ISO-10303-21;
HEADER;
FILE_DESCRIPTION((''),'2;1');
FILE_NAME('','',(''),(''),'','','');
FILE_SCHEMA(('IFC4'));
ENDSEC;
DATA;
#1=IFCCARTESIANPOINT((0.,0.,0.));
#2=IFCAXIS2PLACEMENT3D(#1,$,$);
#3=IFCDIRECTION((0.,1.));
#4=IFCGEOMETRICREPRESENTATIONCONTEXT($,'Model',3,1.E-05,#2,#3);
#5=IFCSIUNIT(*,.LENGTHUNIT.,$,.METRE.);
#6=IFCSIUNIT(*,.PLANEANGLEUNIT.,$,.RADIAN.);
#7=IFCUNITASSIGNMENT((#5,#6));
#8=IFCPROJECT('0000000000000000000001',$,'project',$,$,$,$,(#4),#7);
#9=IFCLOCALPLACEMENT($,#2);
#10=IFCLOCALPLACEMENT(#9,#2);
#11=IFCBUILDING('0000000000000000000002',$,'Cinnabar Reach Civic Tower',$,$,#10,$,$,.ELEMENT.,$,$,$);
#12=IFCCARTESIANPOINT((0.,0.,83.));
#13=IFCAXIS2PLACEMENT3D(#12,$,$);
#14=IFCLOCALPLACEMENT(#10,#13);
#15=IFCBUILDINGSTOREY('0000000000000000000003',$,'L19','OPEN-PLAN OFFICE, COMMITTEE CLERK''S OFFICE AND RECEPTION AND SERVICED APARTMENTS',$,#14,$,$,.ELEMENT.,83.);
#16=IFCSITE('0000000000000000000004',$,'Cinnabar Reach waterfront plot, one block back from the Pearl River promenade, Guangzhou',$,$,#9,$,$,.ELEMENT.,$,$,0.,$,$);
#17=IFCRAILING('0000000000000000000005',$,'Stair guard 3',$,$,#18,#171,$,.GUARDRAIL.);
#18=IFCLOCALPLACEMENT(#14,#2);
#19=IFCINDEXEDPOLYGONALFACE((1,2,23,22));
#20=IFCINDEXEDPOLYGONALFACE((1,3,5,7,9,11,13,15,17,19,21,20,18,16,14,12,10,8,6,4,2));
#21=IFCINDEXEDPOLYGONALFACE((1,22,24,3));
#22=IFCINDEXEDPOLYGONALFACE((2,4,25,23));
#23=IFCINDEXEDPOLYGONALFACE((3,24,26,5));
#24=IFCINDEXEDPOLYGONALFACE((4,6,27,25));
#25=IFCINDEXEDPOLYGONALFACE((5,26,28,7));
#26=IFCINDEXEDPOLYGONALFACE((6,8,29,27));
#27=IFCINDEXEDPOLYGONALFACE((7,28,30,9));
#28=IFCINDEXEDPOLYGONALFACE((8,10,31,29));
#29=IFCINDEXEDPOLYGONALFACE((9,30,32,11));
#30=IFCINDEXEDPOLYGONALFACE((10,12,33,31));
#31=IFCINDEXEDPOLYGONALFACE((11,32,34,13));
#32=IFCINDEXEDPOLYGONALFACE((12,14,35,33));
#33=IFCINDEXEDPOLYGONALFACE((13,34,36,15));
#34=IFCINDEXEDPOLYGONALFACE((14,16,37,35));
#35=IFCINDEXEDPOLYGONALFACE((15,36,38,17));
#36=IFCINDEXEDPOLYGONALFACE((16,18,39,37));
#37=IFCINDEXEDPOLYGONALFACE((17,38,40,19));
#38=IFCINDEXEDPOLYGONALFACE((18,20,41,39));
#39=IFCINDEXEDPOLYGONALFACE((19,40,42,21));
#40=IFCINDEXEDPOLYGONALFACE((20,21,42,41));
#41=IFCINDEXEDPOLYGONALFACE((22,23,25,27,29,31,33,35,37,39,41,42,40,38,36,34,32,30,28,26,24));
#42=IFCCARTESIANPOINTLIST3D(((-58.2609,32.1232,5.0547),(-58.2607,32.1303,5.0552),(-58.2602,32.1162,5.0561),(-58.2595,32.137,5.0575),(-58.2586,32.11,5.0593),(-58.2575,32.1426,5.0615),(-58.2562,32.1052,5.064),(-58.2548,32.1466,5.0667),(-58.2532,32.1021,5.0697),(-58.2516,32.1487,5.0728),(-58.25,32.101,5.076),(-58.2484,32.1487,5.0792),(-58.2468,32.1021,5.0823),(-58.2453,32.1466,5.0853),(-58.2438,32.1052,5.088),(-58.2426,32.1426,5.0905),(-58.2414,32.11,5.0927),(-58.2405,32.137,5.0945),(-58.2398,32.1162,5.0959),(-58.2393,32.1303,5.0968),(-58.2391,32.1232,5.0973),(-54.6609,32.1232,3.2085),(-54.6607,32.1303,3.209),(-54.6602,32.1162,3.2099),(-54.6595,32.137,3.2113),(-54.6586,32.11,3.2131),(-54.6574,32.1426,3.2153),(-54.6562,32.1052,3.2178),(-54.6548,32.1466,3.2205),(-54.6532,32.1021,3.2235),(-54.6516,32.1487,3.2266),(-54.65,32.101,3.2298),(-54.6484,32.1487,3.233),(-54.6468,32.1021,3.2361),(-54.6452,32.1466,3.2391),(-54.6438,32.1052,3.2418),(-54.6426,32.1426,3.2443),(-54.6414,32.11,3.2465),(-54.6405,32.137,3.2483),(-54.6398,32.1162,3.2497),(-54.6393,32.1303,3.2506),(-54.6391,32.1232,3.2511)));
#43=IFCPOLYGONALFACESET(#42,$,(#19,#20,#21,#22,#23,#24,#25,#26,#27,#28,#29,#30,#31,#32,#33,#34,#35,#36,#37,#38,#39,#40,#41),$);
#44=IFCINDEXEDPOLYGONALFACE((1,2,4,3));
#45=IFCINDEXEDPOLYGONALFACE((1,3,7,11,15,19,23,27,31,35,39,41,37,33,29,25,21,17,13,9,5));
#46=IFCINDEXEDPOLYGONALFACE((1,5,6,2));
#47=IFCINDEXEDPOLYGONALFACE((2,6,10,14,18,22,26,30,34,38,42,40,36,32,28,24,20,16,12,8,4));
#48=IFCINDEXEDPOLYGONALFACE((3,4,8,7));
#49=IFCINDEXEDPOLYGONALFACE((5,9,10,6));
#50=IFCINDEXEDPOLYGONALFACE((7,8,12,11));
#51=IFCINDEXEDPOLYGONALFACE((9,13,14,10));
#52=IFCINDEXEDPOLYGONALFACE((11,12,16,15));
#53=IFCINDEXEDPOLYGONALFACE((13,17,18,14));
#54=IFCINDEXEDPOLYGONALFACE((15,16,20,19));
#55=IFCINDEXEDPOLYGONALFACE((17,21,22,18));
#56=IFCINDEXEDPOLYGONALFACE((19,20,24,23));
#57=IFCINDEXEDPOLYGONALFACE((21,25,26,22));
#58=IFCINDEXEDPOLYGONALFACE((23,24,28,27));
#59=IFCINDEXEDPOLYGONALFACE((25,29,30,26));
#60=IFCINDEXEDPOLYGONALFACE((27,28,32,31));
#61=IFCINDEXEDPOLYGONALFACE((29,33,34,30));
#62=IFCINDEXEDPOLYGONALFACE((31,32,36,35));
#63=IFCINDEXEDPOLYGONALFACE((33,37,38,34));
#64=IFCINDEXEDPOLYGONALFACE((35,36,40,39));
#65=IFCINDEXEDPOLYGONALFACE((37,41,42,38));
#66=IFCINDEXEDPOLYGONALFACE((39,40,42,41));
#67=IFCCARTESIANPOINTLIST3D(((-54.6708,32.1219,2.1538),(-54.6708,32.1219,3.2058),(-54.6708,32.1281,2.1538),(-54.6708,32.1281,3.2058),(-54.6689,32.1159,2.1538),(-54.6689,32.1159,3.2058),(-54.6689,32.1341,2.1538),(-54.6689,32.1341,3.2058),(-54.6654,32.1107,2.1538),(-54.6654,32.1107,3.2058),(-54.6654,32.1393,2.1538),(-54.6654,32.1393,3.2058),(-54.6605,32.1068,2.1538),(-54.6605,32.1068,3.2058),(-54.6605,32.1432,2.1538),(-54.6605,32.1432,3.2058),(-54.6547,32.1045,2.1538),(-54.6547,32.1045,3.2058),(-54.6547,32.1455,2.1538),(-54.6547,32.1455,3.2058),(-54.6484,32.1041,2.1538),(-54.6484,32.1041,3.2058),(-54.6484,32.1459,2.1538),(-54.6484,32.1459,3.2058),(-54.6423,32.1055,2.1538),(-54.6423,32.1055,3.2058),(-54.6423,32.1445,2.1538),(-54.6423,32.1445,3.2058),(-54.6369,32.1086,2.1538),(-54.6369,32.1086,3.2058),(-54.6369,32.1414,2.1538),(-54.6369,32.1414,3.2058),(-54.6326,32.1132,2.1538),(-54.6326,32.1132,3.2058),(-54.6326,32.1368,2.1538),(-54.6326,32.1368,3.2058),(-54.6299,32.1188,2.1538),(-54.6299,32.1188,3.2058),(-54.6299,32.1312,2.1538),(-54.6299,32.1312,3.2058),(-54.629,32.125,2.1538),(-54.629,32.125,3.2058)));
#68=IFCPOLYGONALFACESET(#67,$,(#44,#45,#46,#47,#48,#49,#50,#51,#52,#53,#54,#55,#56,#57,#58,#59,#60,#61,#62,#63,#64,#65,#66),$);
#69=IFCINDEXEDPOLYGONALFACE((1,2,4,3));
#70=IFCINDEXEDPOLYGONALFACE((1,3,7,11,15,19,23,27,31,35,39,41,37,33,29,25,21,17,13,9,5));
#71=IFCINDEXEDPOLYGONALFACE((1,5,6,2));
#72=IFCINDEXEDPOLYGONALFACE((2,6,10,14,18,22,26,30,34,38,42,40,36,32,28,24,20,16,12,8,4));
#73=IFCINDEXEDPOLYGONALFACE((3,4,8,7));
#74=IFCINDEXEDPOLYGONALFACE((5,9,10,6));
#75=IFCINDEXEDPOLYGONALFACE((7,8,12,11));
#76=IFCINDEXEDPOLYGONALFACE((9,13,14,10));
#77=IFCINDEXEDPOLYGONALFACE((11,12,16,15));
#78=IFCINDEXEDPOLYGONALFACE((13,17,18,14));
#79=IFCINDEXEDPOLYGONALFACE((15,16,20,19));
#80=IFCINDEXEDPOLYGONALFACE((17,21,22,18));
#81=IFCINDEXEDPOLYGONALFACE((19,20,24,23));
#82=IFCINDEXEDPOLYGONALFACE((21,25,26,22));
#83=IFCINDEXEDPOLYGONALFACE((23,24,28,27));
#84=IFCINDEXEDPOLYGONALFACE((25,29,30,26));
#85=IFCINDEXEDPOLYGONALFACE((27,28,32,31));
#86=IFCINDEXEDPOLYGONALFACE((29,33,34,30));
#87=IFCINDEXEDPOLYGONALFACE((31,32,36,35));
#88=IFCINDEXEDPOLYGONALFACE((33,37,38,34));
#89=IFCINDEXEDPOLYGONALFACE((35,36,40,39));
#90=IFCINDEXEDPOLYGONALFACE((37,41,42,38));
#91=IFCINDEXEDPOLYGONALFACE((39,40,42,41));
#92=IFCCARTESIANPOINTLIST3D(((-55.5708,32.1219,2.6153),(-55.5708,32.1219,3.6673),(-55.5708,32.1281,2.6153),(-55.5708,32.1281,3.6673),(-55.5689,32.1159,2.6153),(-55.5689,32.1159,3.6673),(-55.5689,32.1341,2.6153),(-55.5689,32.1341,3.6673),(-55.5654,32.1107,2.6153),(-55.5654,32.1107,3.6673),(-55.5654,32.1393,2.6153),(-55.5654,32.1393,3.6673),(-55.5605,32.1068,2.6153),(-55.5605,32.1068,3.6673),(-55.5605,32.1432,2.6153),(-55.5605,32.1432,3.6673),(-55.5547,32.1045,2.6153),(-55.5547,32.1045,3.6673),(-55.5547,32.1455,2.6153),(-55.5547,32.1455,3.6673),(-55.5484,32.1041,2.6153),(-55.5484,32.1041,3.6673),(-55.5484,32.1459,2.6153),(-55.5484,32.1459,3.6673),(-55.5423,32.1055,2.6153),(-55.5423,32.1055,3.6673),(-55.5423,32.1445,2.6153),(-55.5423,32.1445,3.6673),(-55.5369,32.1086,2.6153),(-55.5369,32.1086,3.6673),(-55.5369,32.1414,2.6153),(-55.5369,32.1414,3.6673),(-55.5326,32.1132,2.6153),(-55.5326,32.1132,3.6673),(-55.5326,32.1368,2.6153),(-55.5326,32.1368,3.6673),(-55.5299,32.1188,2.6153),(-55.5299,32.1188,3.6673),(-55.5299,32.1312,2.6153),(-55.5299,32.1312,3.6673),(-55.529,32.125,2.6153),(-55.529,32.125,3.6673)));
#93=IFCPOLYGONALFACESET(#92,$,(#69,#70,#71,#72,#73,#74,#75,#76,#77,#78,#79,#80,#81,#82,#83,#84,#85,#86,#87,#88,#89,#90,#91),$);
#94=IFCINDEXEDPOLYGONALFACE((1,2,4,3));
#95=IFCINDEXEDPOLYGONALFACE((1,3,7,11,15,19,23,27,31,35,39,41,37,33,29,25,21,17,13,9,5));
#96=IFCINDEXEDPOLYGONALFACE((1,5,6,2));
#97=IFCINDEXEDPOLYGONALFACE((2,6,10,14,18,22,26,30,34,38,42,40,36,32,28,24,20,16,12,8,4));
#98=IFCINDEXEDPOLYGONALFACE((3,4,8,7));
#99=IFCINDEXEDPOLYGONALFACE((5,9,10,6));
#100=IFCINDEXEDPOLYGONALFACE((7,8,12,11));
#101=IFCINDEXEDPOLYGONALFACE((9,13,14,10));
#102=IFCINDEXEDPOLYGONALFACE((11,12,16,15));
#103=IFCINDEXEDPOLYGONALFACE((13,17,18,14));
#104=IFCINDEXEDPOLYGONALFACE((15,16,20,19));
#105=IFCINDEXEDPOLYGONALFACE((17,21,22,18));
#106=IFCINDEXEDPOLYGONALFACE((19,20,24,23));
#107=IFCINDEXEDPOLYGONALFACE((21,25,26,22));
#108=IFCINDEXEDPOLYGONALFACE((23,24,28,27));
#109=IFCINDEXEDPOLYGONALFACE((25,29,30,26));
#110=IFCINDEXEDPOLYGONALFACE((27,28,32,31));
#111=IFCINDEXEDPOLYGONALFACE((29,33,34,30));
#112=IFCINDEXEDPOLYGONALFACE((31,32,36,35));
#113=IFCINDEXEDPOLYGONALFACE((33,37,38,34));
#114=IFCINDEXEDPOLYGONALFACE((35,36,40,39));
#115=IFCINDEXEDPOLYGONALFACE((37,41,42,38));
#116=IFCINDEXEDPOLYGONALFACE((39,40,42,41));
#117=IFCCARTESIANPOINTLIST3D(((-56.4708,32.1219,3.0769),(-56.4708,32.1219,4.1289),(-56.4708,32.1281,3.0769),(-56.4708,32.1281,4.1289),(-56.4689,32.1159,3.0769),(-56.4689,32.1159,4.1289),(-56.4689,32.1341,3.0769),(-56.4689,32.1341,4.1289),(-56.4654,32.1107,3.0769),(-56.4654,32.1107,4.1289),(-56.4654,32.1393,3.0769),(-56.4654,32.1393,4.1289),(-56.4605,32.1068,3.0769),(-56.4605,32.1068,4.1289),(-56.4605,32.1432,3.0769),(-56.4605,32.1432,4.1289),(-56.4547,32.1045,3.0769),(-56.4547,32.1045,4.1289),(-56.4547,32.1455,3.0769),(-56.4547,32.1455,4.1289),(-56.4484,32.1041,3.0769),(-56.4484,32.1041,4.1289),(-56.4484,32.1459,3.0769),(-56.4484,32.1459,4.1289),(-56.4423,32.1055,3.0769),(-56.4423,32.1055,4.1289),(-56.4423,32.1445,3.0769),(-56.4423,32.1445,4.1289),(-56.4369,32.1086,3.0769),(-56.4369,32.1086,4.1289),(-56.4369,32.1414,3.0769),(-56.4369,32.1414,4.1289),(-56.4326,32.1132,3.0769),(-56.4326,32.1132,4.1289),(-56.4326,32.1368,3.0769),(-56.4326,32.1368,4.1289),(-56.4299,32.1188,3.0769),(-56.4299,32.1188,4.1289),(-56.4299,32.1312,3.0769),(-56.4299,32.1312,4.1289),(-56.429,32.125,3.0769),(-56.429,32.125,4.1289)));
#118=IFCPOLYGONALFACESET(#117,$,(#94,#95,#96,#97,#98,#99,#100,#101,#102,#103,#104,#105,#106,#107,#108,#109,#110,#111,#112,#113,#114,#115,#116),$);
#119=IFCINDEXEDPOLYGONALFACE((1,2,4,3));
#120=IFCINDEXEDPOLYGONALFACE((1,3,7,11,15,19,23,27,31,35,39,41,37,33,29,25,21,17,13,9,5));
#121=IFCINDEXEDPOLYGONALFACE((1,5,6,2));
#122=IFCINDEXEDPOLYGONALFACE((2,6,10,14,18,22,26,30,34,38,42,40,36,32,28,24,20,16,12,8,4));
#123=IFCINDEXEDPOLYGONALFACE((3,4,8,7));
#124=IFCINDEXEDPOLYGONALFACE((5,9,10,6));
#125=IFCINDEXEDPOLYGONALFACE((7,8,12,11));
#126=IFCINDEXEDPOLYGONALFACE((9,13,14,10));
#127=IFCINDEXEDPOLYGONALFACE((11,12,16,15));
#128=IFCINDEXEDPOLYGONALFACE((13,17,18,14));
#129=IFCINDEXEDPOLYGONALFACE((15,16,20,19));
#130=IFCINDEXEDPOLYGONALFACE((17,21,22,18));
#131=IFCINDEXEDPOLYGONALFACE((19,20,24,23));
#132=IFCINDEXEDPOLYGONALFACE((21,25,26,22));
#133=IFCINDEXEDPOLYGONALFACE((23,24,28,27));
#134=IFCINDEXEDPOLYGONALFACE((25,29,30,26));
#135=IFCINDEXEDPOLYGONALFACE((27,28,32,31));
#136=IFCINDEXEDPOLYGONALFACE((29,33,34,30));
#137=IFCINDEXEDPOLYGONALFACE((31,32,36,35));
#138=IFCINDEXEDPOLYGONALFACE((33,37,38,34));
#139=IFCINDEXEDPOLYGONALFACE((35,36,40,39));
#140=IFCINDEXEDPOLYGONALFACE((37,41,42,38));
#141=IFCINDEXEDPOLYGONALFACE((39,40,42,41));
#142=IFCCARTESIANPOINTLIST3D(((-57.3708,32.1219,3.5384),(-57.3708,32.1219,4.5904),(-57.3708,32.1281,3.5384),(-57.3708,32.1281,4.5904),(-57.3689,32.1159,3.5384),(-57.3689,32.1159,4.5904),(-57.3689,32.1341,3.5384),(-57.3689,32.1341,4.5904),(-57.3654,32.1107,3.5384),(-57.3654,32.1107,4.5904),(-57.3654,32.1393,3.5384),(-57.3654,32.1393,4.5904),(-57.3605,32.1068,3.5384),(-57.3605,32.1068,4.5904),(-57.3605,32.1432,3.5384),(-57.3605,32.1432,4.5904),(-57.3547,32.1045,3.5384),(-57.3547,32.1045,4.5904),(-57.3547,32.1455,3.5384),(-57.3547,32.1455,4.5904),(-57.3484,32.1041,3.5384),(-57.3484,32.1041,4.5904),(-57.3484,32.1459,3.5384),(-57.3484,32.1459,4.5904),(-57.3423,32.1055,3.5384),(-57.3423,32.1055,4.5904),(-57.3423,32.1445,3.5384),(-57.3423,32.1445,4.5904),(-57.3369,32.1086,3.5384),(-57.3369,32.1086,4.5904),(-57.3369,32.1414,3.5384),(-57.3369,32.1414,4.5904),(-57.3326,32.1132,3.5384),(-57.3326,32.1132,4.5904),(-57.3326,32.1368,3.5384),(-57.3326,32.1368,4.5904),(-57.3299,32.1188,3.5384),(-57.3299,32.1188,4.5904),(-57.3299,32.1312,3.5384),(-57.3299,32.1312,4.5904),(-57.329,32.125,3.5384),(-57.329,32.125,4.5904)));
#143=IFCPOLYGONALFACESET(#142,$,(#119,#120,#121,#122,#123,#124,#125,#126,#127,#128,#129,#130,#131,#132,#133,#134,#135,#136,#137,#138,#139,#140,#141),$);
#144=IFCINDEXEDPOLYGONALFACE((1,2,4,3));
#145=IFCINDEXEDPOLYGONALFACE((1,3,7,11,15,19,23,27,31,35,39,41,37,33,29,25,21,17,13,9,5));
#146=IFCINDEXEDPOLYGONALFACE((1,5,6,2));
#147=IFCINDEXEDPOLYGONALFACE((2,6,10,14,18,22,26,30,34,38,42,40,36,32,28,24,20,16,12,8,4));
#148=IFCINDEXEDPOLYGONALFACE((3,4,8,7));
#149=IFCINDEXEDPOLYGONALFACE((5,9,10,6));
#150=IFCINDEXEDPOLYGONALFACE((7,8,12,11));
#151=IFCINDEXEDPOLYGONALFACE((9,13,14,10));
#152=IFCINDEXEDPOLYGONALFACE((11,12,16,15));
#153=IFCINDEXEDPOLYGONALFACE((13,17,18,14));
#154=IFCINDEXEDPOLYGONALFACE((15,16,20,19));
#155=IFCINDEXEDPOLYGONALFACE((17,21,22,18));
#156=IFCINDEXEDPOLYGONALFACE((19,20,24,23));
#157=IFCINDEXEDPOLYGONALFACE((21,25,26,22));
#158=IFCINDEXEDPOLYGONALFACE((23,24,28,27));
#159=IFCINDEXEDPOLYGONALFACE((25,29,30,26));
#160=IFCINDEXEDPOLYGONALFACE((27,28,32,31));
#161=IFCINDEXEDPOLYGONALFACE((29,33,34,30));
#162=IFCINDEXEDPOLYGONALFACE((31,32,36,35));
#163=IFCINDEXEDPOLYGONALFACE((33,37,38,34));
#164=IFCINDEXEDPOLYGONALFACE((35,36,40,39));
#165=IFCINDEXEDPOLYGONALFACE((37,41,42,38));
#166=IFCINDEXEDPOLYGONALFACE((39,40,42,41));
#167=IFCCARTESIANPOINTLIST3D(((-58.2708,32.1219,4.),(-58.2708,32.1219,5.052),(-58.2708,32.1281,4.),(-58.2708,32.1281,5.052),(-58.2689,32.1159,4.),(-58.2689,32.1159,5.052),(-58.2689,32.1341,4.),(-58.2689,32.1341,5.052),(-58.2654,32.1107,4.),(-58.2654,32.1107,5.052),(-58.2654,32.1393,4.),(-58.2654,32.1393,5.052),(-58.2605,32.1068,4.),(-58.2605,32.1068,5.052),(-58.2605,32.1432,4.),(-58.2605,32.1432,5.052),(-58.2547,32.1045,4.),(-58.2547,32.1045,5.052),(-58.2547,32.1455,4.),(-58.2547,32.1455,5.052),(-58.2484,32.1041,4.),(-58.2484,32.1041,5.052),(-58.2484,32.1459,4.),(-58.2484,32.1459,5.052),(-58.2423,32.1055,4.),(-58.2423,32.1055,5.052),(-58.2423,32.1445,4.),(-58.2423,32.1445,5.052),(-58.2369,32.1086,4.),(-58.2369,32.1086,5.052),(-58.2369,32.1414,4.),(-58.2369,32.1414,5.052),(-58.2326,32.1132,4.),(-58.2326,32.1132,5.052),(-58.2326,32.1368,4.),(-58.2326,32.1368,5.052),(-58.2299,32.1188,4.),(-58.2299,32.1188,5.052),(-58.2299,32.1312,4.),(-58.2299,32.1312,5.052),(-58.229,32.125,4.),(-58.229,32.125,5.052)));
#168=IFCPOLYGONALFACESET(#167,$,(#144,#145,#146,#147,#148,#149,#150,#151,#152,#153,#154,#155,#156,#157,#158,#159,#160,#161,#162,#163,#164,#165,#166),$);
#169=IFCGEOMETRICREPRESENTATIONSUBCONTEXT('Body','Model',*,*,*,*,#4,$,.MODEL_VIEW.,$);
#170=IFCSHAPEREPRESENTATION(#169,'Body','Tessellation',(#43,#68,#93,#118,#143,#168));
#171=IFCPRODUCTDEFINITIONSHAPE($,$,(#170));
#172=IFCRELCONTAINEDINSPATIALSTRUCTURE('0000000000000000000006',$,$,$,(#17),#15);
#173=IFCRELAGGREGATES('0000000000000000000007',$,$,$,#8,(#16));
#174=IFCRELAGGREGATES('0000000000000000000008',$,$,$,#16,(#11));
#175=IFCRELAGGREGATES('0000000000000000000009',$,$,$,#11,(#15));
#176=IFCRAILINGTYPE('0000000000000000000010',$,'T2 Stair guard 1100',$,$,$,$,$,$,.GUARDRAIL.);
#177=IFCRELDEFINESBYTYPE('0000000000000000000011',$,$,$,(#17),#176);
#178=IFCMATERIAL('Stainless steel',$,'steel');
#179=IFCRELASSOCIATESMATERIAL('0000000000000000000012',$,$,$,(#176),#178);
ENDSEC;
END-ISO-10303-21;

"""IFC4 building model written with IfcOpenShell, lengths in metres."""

from ifc_helpers import new_model, si_unit, direction, frame, origin, origin_2d, place, context, subcontext, project, spatial, circle, extrude, material, type_object, element, save


model = new_model("IFC4")

# Units and contexts
model_context = context("Model", 3, precision=1e-05, world=origin(), true_north=direction((0.0, 1.0)))
body_context = subcontext(model_context, "Body", "Model", "MODEL_VIEW")
ifc_project = project(units=[si_unit("LENGTHUNIT", "METRE"), si_unit("PLANEANGLEUNIT", "RADIAN")], contexts=[model_context])

# Site, building, storey
site_placement = place(None, origin())
site = spatial("IfcSite", under=ifc_project, at=site_placement, Name="Cinnabar Reach waterfront plot, one block back from the Pearl River promenade, Guangzhou", CompositionType="ELEMENT", RefElevation=0.0)
building_placement = place(site_placement, origin())
building = spatial("IfcBuilding", under=site, at=building_placement, Name="Cinnabar Reach Civic Tower", CompositionType="ELEMENT")
storey_placement = place(building_placement, frame((0.0, 0.0, 83.0)))
storey = spatial("IfcBuildingStorey", under=building, at=storey_placement, Name="L19", Description="OPEN-PLAN OFFICE, COMMITTEE CLERK'S OFFICE AND RECEPTION AND SERVICED APARTMENTS", CompositionType="ELEMENT", Elevation=83.0)

# Railing
ifc_material_1 = material(Name="Stainless steel", Category="steel")
railing_type = type_object("IfcRailingType", Name="T2 Stair guard 1100", PredefinedType="GUARDRAIL", material=ifc_material_1)
railing_1_placement = place(storey_placement, frame((-54.65, 32.125, 2.1538)))
element("IfcRailing", 1, at=railing_1_placement, inside=storey, type_object=railing_type, Name="Stair guard 3", PredefinedType="GUARDRAIL", context=body_context, shape_type="SweptSolid", body=[
    extrude(circle(Radius=0.024, at=origin_2d()), frame((0.0, 0.0, 1.076), z_axis=(-0.889813, 0.0, 0.456326), x_axis=(0.0, -1.0, 0.0)), (0.0, 0.0, 1.0), 4.0458),
    extrude(circle(Radius=0.021, at=origin_2d()), origin(), (0.0, 0.0, 1.0), 1.052),
    extrude(circle(Radius=0.021, at=origin_2d()), frame((-0.9, 0.0, 0.4615)), (0.0, 0.0, 1.0), 1.052),
    extrude(circle(Radius=0.021, at=origin_2d()), frame((-1.8, 0.0, 0.9231)), (0.0, 0.0, 1.0), 1.052),
    extrude(circle(Radius=0.021, at=origin_2d()), frame((-2.7, 0.0, 1.3846)), (0.0, 0.0, 1.0), 1.052),
    extrude(circle(Radius=0.021, at=origin_2d()), frame((-3.6, 0.0, 1.8462)), (0.0, 0.0, 1.0), 1.052),
])

save(model, "model.ifc")
